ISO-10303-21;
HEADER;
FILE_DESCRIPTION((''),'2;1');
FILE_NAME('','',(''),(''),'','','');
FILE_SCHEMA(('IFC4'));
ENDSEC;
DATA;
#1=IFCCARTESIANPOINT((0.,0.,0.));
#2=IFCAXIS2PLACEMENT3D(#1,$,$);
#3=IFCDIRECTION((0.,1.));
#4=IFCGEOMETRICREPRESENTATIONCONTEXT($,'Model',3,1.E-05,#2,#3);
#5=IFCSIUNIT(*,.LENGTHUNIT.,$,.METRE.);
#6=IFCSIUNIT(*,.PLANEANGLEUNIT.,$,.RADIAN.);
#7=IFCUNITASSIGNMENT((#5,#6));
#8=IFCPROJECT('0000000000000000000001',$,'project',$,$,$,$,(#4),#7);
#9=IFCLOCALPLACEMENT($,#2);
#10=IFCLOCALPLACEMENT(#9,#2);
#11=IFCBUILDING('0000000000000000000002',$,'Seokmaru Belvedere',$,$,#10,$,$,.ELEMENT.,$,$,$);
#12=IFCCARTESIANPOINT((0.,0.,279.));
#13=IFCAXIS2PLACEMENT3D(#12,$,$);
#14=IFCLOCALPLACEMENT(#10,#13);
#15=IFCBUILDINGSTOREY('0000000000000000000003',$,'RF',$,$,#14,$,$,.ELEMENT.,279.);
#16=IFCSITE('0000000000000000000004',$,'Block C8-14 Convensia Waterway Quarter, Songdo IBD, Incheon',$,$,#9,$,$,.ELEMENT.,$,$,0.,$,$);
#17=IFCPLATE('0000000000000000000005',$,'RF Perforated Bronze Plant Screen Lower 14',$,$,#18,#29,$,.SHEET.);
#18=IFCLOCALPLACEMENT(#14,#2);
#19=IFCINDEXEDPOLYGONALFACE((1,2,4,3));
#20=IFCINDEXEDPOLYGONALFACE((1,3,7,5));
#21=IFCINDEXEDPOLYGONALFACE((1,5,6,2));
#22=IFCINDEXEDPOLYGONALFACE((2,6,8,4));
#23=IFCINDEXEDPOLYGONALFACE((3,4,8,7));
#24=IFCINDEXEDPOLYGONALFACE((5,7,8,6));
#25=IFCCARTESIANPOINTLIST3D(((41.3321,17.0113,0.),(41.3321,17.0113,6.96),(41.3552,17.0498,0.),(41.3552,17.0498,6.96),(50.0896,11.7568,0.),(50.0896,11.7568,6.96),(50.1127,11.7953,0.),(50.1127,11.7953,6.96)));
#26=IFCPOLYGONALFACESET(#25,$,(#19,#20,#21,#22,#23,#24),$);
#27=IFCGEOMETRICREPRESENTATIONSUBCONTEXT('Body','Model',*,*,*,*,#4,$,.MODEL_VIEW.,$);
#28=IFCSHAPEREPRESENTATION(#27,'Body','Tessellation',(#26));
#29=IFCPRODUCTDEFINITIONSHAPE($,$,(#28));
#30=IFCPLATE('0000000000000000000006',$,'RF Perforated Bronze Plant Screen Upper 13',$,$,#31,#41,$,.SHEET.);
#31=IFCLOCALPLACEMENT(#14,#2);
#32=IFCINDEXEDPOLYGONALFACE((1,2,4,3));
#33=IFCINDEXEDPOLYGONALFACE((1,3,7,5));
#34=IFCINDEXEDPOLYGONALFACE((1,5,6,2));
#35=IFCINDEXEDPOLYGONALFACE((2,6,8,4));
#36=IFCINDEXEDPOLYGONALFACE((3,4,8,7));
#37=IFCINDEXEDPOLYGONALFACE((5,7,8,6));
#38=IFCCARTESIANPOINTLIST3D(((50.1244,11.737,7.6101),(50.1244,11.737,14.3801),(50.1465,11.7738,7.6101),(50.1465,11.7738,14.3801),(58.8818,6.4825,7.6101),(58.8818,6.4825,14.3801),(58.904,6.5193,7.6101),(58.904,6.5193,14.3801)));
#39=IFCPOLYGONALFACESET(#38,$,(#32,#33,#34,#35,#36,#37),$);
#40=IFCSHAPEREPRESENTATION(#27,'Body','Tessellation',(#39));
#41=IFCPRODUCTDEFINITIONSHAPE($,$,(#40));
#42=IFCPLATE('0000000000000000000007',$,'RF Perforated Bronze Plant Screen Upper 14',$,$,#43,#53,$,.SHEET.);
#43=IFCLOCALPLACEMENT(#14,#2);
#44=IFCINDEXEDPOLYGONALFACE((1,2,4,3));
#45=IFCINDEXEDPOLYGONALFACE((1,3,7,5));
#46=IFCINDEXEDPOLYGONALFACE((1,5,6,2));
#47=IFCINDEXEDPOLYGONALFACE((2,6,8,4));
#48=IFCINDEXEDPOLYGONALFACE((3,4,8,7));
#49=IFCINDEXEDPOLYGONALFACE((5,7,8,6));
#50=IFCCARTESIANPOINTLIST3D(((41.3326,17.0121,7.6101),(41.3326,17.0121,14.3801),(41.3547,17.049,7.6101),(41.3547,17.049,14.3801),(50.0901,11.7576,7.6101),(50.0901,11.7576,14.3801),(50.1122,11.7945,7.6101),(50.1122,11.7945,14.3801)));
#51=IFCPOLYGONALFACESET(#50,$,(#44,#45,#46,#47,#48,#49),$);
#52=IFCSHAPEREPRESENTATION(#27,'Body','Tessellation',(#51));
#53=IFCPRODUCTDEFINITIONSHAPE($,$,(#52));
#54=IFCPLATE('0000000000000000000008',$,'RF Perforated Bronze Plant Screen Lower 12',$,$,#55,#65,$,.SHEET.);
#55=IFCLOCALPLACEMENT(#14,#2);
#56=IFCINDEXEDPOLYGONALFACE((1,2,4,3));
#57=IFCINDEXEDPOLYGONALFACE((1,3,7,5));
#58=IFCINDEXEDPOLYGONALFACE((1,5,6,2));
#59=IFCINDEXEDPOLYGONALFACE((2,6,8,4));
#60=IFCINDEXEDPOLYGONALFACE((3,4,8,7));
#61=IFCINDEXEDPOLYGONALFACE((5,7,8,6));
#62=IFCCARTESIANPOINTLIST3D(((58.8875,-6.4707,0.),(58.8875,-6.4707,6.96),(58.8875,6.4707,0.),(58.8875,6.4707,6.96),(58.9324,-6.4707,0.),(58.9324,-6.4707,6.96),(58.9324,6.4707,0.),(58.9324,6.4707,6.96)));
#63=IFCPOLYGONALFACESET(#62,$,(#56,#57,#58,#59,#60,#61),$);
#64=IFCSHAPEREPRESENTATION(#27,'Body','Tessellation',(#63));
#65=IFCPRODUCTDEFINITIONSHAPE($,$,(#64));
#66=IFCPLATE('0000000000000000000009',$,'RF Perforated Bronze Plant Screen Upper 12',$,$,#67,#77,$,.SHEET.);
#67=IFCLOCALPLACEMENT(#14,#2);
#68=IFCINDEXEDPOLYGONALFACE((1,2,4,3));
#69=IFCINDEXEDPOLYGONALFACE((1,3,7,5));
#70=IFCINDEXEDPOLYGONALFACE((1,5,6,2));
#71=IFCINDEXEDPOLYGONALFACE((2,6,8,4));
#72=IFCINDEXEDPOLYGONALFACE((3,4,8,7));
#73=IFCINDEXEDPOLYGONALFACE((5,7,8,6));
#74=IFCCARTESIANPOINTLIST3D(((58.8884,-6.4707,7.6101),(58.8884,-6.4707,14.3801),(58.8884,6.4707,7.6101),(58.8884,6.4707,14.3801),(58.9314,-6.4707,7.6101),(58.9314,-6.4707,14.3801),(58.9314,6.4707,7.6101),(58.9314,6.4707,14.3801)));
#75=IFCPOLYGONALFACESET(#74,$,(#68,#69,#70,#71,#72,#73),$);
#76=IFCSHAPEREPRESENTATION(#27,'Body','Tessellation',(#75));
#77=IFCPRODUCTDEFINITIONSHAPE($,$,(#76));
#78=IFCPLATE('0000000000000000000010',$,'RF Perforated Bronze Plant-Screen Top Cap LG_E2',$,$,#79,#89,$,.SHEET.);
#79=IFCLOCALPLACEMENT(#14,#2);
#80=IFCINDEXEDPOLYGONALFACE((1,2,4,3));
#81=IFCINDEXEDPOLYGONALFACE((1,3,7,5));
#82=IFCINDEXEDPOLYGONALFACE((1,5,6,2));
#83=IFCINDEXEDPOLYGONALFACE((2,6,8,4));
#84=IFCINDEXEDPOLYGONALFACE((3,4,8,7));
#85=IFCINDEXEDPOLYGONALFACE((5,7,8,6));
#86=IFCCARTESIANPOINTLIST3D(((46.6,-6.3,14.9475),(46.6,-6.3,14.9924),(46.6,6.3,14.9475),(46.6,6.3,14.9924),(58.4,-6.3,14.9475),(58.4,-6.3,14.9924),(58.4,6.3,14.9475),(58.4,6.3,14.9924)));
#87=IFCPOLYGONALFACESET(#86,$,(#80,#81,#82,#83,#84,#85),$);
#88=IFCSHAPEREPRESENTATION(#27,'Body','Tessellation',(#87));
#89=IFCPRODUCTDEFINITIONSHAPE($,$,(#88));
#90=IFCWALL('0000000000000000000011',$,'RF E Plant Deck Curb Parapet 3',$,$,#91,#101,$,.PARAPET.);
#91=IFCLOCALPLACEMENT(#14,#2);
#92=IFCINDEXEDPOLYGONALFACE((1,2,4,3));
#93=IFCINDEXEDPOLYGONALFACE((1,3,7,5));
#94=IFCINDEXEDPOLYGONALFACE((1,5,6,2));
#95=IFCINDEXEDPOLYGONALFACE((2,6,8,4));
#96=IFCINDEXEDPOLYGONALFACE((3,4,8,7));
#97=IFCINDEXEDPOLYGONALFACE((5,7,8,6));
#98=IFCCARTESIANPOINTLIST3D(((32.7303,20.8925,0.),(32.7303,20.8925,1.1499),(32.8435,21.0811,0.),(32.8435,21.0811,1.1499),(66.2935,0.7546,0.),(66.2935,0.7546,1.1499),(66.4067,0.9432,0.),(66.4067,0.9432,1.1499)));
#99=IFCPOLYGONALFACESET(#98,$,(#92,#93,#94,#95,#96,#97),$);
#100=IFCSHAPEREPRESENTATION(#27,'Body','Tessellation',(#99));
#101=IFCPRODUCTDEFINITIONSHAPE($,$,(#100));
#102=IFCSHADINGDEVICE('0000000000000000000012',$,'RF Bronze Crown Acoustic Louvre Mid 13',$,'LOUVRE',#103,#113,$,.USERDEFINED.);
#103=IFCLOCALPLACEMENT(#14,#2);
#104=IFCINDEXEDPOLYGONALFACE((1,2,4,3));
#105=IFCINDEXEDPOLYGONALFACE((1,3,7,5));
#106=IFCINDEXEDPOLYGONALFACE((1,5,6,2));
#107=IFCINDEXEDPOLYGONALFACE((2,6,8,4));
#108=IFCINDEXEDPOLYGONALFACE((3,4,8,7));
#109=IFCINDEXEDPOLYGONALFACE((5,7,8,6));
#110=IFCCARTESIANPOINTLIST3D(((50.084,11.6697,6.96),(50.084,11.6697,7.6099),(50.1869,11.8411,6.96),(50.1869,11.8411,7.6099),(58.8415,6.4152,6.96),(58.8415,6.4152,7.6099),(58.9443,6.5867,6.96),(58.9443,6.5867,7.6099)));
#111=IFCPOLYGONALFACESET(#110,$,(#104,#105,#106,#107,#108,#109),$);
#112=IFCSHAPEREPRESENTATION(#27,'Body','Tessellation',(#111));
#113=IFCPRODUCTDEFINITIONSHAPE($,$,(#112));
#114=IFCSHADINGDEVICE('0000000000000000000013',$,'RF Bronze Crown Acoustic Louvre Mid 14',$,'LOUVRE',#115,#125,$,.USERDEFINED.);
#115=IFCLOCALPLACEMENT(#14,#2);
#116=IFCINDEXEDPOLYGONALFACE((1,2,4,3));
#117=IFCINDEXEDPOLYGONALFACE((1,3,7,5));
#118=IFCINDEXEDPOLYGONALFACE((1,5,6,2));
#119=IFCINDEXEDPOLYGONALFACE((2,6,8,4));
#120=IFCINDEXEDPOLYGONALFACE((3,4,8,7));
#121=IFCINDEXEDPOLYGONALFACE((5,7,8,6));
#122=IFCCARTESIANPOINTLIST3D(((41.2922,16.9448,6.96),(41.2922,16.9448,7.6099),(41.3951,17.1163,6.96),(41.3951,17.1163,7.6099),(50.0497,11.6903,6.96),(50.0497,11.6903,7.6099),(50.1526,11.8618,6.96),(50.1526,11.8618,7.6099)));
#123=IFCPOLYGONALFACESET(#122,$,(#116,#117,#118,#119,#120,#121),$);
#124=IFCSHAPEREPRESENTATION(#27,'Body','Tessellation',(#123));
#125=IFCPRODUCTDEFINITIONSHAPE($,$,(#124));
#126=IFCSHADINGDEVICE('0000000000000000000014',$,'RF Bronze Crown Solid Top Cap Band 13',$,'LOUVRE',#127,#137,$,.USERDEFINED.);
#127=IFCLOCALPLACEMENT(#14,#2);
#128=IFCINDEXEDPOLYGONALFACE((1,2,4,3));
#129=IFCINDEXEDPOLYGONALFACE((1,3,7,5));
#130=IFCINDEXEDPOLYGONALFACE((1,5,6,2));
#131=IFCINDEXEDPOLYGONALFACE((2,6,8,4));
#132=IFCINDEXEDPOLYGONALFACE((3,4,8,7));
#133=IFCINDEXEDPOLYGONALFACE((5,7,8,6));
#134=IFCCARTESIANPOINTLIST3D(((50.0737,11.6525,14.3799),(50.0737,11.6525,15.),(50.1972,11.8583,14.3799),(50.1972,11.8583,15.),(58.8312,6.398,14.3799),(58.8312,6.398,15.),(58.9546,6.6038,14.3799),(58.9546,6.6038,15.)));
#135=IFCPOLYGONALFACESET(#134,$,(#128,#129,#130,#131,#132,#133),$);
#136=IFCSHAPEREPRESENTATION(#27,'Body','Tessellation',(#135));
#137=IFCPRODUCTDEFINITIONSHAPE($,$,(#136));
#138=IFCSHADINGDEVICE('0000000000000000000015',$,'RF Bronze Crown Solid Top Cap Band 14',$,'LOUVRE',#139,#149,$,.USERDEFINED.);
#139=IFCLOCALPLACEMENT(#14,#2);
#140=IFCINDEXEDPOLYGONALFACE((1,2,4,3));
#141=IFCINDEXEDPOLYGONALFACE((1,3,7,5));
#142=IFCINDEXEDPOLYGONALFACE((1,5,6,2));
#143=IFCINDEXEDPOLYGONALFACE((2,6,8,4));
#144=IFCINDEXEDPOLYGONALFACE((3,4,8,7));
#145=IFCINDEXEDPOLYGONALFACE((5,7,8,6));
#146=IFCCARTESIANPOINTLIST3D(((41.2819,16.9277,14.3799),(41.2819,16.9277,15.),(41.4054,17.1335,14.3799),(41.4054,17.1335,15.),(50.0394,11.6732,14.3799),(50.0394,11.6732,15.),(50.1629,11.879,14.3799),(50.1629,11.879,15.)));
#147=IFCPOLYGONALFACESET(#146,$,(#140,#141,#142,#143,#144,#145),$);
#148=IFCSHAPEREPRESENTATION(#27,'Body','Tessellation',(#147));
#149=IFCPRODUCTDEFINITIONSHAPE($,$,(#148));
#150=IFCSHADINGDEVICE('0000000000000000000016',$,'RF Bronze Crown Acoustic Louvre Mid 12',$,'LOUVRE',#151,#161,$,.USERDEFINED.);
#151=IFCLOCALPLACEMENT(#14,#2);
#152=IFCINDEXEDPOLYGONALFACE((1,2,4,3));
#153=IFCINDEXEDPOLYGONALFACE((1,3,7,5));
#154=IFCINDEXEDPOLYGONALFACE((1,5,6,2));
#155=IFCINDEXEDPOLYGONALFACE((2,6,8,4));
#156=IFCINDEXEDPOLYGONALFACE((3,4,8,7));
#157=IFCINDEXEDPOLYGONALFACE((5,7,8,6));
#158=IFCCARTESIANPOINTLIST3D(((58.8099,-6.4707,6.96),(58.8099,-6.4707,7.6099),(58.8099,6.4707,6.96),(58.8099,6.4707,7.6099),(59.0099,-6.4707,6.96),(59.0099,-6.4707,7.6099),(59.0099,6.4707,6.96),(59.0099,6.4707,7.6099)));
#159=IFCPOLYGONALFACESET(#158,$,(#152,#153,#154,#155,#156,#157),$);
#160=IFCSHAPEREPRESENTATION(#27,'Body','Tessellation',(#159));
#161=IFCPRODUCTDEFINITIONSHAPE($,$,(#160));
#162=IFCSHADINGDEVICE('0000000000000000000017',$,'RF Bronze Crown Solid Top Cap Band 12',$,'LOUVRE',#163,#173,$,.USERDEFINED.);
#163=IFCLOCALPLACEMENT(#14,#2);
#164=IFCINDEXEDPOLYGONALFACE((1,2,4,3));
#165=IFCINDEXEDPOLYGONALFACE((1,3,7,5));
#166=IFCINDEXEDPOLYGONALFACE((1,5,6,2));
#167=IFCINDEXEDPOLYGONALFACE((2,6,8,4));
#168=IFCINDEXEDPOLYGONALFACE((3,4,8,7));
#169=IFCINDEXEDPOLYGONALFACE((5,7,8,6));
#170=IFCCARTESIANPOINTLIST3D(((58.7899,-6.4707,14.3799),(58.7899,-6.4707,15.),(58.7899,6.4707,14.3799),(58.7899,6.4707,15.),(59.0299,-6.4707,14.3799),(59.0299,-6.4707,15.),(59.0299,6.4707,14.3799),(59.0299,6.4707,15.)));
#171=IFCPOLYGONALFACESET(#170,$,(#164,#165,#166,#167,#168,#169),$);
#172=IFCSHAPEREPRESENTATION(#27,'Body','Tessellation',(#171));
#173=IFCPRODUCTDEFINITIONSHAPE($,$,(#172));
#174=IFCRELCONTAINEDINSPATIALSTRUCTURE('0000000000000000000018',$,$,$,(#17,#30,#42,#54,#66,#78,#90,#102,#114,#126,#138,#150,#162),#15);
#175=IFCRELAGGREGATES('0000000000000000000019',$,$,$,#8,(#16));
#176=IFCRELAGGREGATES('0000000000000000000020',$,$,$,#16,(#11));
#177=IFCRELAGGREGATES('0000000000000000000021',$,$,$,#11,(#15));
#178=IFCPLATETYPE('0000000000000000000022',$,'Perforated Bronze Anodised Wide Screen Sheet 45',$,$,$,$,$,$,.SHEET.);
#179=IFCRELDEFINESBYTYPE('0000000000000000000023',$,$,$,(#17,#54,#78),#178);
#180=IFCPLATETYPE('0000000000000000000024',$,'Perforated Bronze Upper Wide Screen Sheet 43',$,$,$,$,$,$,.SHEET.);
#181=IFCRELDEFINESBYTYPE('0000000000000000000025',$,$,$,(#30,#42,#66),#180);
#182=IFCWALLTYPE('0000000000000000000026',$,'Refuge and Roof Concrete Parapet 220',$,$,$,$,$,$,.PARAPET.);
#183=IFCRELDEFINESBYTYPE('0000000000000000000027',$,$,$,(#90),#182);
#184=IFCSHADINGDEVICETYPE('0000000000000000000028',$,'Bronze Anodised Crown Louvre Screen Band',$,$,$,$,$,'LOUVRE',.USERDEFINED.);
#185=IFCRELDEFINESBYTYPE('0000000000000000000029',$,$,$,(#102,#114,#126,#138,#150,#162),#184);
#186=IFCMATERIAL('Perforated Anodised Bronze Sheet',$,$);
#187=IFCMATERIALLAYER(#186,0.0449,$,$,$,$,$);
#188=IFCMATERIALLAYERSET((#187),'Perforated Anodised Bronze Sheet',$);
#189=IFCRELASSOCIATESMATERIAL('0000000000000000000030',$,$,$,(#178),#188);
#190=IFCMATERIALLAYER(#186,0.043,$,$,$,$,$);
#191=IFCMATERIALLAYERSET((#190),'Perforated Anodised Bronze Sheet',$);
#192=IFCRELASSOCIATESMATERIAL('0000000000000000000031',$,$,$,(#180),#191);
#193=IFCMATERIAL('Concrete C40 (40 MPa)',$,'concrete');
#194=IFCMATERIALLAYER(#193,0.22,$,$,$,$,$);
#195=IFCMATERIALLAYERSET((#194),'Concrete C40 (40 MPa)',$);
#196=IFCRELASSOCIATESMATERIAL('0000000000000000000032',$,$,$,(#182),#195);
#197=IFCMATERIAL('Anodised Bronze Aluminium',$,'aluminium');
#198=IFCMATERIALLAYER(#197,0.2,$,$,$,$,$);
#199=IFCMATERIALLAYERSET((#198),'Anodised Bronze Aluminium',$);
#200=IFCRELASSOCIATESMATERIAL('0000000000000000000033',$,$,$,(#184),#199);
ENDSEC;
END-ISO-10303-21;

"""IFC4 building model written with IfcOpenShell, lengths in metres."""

from ifc_helpers import new_model, si_unit, direction, frame, frame_2d, origin, origin_2d, place, context, subcontext, project, spatial, rectangle, extrude, source, transform, mapped, material, layer, layer_set, type_object, type_shapes, element, save


model = new_model("IFC4")

# Units and contexts
model_context = context("Model", 3, precision=1e-05, world=origin(), true_north=direction((0.0, 1.0)))
body_context = subcontext(model_context, "Body", "Model", "MODEL_VIEW")
ifc_project = project(units=[si_unit("LENGTHUNIT", "METRE"), si_unit("PLANEANGLEUNIT", "RADIAN")], contexts=[model_context])

# Site, building, storey
site_placement = place(None, origin())
site = spatial("IfcSite", under=ifc_project, at=site_placement, Name="Block C8-14 Convensia Waterway Quarter, Songdo IBD, Incheon", CompositionType="ELEMENT", RefElevation=0.0)
building_placement = place(site_placement, origin())
building = spatial("IfcBuilding", under=site, at=building_placement, Name="Seokmaru Belvedere", CompositionType="ELEMENT")
storey_placement = place(building_placement, frame((0.0, 0.0, 279.0)))
storey = spatial("IfcBuildingStorey", under=building, at=storey_placement, Name="RF", CompositionType="ELEMENT", Elevation=279.0)

# Plates
ifc_material_1 = material(Name="Perforated Anodised Bronze Sheet")
ifc_layer_1 = layer(ifc_material_1, 0.0449)
ifc_layer_set_1 = layer_set([ifc_layer_1], Name="Perforated Anodised Bronze Sheet")
plate_type_1 = type_object("IfcPlateType", Name="Perforated Bronze Anodised Wide Screen Sheet 45", PredefinedType="SHEET", material=ifc_layer_set_1)
shared_shape_1 = source(origin(), body_context, "Body", "SweptSolid", [
    extrude(rectangle(XDim=10.2129, YDim=0.0449, at=origin_2d()), origin(), (0.0, 0.0, 1.0), 6.96),
])
for number, where, z_axis, x_axis, name in (
    (1, (45.7224, 14.4033, 0.0), (0.0, 0.0, 1.0), (-0.857493, 0.514496, 0.0), "RF Perforated Bronze Plant Screen Lower 14"),
):
    element("IfcPlate", number, at=place(storey_placement, frame(where, z_axis=z_axis, x_axis=x_axis)), inside=storey, type_object=plate_type_1, Name=name, PredefinedType="SHEET", context=body_context, shape_type="MappedRepresentation", body=[
        mapped(shared_shape_1, transform((0.0, 0.0, 0.0), scale=1.0)),
    ])
ifc_layer_2 = layer(ifc_material_1, 0.043)
ifc_layer_set_2 = layer_set([ifc_layer_2], Name="Perforated Anodised Bronze Sheet")
plate_type_2 = type_object("IfcPlateType", Name="Perforated Bronze Upper Wide Screen Sheet 43", PredefinedType="SHEET", material=ifc_layer_set_2)
shared_shape_2 = source(origin(), body_context, "Body", "SweptSolid", [
    extrude(rectangle(XDim=10.2129, YDim=0.043, at=origin_2d()), origin(), (0.0, 0.0, 1.0), 6.77),
])
for number, where, z_axis, x_axis, name in (
    (2, (54.5142, 9.1282, 7.6101), (0.0, 0.0, 1.0), (-0.857493, 0.514496, 0.0), "RF Perforated Bronze Plant Screen Upper 13"),
    (3, (45.7224, 14.4033, 7.6101), (0.0, 0.0, 1.0), (-0.857493, 0.514496, 0.0), "RF Perforated Bronze Plant Screen Upper 14"),
):
    element("IfcPlate", number, at=place(storey_placement, frame(where, z_axis=z_axis, x_axis=x_axis)), inside=storey, type_object=plate_type_2, Name=name, PredefinedType="SHEET", context=body_context, shape_type="MappedRepresentation", body=[
        mapped(shared_shape_2, transform((0.0, 0.0, 0.0), scale=1.0)),
    ])
shared_shape_3 = source(origin(), body_context, "Body", "SweptSolid", [
    extrude(rectangle(XDim=12.9414, YDim=0.0449, at=origin_2d()), origin(), (0.0, 0.0, 1.0), 6.96),
])
plate_1_placement = place(storey_placement, frame((58.9099, 0.0, 0.0), z_axis=(0.0, 0.0, 1.0), x_axis=(0.0, 1.0, 0.0)))
element("IfcPlate", 4, at=plate_1_placement, inside=storey, type_object=plate_type_1, Name="RF Perforated Bronze Plant Screen Lower 12", PredefinedType="SHEET", context=body_context, shape_type="MappedRepresentation", body=[
    mapped(shared_shape_3, transform((0.0, 0.0, 0.0), scale=1.0)),
])
shared_shape_4 = source(origin(), body_context, "Body", "SweptSolid", [
    extrude(rectangle(XDim=12.9414, YDim=0.043, at=origin_2d()), origin(), (0.0, 0.0, 1.0), 6.77),
])
type_shapes(plate_type_2, [shared_shape_2, shared_shape_4])
plate_2_placement = place(storey_placement, frame((58.9099, 0.0, 7.6101), z_axis=(0.0, 0.0, 1.0), x_axis=(0.0, 1.0, 0.0)))
element("IfcPlate", 5, at=plate_2_placement, inside=storey, type_object=plate_type_2, Name="RF Perforated Bronze Plant Screen Upper 12", PredefinedType="SHEET", context=body_context, shape_type="MappedRepresentation", body=[
    mapped(shared_shape_4, transform((0.0, 0.0, 0.0), scale=1.0)),
])
shared_shape_5 = source(origin(), body_context, "Body", "SweptSolid", [
    extrude(rectangle(XDim=11.8, YDim=12.6001, at=origin_2d()), origin(), (0.0, 0.0, 1.0), 0.0449),
])
type_shapes(plate_type_1, [shared_shape_1, shared_shape_3, shared_shape_5])
plate_3_placement = place(storey_placement, frame((52.5, 0.0, 14.9475), z_axis=(0.0, 0.0, 1.0), x_axis=(1.0, 0.0, 0.0)))
element("IfcPlate", 6, at=plate_3_placement, inside=storey, type_object=plate_type_1, Name="RF Perforated Bronze Plant-Screen Top Cap LG_E2", PredefinedType="SHEET", context=body_context, shape_type="MappedRepresentation", body=[
    mapped(shared_shape_5, transform((0.0, 0.0, 0.0), scale=1.0)),
])

# Wall
ifc_material_2 = material(Name="Concrete C40 (40 MPa)", Category="concrete")
ifc_layer_3 = layer(ifc_material_2, 0.22)
ifc_layer_set_3 = layer_set([ifc_layer_3], Name="Concrete C40 (40 MPa)")
wall_type = type_object("IfcWallType", Name="Refuge and Roof Concrete Parapet 220", PredefinedType="PARAPET", material=ifc_layer_set_3)
wall_placement = place(storey_placement, frame((66.3501, 0.8489, 0.0), z_axis=(0.0, 0.0, 1.0), x_axis=(-0.857493, 0.514496, 0.0)))
element("IfcWall", 7, at=wall_placement, inside=storey, type_object=wall_type, Name="RF E Plant Deck Curb Parapet 3", PredefinedType="PARAPET", context=body_context, shape_type="SweptSolid", body=[
    extrude(rectangle(XDim=39.1411, YDim=0.22, at=frame_2d((19.5706, 0.0))), origin(), (0.0, 0.0, 1.0), 1.1499),
])

# Shading devices
ifc_material_3 = material(Name="Anodised Bronze Aluminium", Category="aluminium")
ifc_layer_4 = layer(ifc_material_3, 0.2)
ifc_layer_set_4 = layer_set([ifc_layer_4], Name="Anodised Bronze Aluminium")
shading_device_type = type_object("IfcShadingDeviceType", Name="Bronze Anodised Crown Louvre Screen Band", ElementType="LOUVRE", PredefinedType="USERDEFINED", material=ifc_layer_set_4)
shared_shape_6 = source(origin(), body_context, "Body", "SweptSolid", [
    extrude(rectangle(XDim=10.2129, YDim=0.2, at=origin_2d()), origin(), (0.0, 0.0, 1.0), 0.6499),
])
for number, where, z_axis, x_axis, name in (
    (8, (54.5142, 9.1282, 6.96), (0.0, 0.0, 1.0), (-0.857493, 0.514496, 0.0), "RF Bronze Crown Acoustic Louvre Mid 13"),
    (9, (45.7224, 14.4033, 6.96), (0.0, 0.0, 1.0), (-0.857493, 0.514496, 0.0), "RF Bronze Crown Acoustic Louvre Mid 14"),
):
    element("IfcShadingDevice", number, at=place(storey_placement, frame(where, z_axis=z_axis, x_axis=x_axis)), inside=storey, type_object=shading_device_type, Name=name, ObjectType="LOUVRE", PredefinedType="USERDEFINED", context=body_context, shape_type="MappedRepresentation", body=[
        mapped(shared_shape_6, transform((0.0, 0.0, 0.0), scale=1.0)),
    ])
shared_shape_7 = source(origin(), body_context, "Body", "SweptSolid", [
    extrude(rectangle(XDim=10.2129, YDim=0.24, at=origin_2d()), origin(), (0.0, 0.0, 1.0), 0.6201),
])
for number, where, z_axis, x_axis, name in (
    (10, (54.5142, 9.1282, 14.3799), (0.0, 0.0, 1.0), (-0.857493, 0.514496, 0.0), "RF Bronze Crown Solid Top Cap Band 13"),
    (11, (45.7224, 14.4033, 14.3799), (0.0, 0.0, 1.0), (-0.857493, 0.514496, 0.0), "RF Bronze Crown Solid Top Cap Band 14"),
):
    element("IfcShadingDevice", number, at=place(storey_placement, frame(where, z_axis=z_axis, x_axis=x_axis)), inside=storey, type_object=shading_device_type, Name=name, ObjectType="LOUVRE", PredefinedType="USERDEFINED", context=body_context, shape_type="MappedRepresentation", body=[
        mapped(shared_shape_7, transform((0.0, 0.0, 0.0), scale=1.0)),
    ])
shared_shape_8 = source(origin(), body_context, "Body", "SweptSolid", [
    extrude(rectangle(XDim=12.9414, YDim=0.2, at=origin_2d()), origin(), (0.0, 0.0, 1.0), 0.6499),
])
shading_device_1_placement = place(storey_placement, frame((58.9099, 0.0, 6.96), z_axis=(0.0, 0.0, 1.0), x_axis=(0.0, 1.0, 0.0)))
element("IfcShadingDevice", 12, at=shading_device_1_placement, inside=storey, type_object=shading_device_type, Name="RF Bronze Crown Acoustic Louvre Mid 12", ObjectType="LOUVRE", PredefinedType="USERDEFINED", context=body_context, shape_type="MappedRepresentation", body=[
    mapped(shared_shape_8, transform((0.0, 0.0, 0.0), scale=1.0)),
])
shared_shape_9 = source(origin(), body_context, "Body", "SweptSolid", [
    extrude(rectangle(XDim=12.9414, YDim=0.24, at=origin_2d()), origin(), (0.0, 0.0, 1.0), 0.6201),
])
type_shapes(shading_device_type, [shared_shape_6, shared_shape_7, shared_shape_8, shared_shape_9])
shading_device_2_placement = place(storey_placement, frame((58.9099, 0.0, 14.3799), z_axis=(0.0, 0.0, 1.0), x_axis=(0.0, 1.0, 0.0)))
element("IfcShadingDevice", 13, at=shading_device_2_placement, inside=storey, type_object=shading_device_type, Name="RF Bronze Crown Solid Top Cap Band 12", ObjectType="LOUVRE", PredefinedType="USERDEFINED", context=body_context, shape_type="MappedRepresentation", body=[
    mapped(shared_shape_9, transform((0.0, 0.0, 0.0), scale=1.0)),
])

save(model, "model.ifc")
